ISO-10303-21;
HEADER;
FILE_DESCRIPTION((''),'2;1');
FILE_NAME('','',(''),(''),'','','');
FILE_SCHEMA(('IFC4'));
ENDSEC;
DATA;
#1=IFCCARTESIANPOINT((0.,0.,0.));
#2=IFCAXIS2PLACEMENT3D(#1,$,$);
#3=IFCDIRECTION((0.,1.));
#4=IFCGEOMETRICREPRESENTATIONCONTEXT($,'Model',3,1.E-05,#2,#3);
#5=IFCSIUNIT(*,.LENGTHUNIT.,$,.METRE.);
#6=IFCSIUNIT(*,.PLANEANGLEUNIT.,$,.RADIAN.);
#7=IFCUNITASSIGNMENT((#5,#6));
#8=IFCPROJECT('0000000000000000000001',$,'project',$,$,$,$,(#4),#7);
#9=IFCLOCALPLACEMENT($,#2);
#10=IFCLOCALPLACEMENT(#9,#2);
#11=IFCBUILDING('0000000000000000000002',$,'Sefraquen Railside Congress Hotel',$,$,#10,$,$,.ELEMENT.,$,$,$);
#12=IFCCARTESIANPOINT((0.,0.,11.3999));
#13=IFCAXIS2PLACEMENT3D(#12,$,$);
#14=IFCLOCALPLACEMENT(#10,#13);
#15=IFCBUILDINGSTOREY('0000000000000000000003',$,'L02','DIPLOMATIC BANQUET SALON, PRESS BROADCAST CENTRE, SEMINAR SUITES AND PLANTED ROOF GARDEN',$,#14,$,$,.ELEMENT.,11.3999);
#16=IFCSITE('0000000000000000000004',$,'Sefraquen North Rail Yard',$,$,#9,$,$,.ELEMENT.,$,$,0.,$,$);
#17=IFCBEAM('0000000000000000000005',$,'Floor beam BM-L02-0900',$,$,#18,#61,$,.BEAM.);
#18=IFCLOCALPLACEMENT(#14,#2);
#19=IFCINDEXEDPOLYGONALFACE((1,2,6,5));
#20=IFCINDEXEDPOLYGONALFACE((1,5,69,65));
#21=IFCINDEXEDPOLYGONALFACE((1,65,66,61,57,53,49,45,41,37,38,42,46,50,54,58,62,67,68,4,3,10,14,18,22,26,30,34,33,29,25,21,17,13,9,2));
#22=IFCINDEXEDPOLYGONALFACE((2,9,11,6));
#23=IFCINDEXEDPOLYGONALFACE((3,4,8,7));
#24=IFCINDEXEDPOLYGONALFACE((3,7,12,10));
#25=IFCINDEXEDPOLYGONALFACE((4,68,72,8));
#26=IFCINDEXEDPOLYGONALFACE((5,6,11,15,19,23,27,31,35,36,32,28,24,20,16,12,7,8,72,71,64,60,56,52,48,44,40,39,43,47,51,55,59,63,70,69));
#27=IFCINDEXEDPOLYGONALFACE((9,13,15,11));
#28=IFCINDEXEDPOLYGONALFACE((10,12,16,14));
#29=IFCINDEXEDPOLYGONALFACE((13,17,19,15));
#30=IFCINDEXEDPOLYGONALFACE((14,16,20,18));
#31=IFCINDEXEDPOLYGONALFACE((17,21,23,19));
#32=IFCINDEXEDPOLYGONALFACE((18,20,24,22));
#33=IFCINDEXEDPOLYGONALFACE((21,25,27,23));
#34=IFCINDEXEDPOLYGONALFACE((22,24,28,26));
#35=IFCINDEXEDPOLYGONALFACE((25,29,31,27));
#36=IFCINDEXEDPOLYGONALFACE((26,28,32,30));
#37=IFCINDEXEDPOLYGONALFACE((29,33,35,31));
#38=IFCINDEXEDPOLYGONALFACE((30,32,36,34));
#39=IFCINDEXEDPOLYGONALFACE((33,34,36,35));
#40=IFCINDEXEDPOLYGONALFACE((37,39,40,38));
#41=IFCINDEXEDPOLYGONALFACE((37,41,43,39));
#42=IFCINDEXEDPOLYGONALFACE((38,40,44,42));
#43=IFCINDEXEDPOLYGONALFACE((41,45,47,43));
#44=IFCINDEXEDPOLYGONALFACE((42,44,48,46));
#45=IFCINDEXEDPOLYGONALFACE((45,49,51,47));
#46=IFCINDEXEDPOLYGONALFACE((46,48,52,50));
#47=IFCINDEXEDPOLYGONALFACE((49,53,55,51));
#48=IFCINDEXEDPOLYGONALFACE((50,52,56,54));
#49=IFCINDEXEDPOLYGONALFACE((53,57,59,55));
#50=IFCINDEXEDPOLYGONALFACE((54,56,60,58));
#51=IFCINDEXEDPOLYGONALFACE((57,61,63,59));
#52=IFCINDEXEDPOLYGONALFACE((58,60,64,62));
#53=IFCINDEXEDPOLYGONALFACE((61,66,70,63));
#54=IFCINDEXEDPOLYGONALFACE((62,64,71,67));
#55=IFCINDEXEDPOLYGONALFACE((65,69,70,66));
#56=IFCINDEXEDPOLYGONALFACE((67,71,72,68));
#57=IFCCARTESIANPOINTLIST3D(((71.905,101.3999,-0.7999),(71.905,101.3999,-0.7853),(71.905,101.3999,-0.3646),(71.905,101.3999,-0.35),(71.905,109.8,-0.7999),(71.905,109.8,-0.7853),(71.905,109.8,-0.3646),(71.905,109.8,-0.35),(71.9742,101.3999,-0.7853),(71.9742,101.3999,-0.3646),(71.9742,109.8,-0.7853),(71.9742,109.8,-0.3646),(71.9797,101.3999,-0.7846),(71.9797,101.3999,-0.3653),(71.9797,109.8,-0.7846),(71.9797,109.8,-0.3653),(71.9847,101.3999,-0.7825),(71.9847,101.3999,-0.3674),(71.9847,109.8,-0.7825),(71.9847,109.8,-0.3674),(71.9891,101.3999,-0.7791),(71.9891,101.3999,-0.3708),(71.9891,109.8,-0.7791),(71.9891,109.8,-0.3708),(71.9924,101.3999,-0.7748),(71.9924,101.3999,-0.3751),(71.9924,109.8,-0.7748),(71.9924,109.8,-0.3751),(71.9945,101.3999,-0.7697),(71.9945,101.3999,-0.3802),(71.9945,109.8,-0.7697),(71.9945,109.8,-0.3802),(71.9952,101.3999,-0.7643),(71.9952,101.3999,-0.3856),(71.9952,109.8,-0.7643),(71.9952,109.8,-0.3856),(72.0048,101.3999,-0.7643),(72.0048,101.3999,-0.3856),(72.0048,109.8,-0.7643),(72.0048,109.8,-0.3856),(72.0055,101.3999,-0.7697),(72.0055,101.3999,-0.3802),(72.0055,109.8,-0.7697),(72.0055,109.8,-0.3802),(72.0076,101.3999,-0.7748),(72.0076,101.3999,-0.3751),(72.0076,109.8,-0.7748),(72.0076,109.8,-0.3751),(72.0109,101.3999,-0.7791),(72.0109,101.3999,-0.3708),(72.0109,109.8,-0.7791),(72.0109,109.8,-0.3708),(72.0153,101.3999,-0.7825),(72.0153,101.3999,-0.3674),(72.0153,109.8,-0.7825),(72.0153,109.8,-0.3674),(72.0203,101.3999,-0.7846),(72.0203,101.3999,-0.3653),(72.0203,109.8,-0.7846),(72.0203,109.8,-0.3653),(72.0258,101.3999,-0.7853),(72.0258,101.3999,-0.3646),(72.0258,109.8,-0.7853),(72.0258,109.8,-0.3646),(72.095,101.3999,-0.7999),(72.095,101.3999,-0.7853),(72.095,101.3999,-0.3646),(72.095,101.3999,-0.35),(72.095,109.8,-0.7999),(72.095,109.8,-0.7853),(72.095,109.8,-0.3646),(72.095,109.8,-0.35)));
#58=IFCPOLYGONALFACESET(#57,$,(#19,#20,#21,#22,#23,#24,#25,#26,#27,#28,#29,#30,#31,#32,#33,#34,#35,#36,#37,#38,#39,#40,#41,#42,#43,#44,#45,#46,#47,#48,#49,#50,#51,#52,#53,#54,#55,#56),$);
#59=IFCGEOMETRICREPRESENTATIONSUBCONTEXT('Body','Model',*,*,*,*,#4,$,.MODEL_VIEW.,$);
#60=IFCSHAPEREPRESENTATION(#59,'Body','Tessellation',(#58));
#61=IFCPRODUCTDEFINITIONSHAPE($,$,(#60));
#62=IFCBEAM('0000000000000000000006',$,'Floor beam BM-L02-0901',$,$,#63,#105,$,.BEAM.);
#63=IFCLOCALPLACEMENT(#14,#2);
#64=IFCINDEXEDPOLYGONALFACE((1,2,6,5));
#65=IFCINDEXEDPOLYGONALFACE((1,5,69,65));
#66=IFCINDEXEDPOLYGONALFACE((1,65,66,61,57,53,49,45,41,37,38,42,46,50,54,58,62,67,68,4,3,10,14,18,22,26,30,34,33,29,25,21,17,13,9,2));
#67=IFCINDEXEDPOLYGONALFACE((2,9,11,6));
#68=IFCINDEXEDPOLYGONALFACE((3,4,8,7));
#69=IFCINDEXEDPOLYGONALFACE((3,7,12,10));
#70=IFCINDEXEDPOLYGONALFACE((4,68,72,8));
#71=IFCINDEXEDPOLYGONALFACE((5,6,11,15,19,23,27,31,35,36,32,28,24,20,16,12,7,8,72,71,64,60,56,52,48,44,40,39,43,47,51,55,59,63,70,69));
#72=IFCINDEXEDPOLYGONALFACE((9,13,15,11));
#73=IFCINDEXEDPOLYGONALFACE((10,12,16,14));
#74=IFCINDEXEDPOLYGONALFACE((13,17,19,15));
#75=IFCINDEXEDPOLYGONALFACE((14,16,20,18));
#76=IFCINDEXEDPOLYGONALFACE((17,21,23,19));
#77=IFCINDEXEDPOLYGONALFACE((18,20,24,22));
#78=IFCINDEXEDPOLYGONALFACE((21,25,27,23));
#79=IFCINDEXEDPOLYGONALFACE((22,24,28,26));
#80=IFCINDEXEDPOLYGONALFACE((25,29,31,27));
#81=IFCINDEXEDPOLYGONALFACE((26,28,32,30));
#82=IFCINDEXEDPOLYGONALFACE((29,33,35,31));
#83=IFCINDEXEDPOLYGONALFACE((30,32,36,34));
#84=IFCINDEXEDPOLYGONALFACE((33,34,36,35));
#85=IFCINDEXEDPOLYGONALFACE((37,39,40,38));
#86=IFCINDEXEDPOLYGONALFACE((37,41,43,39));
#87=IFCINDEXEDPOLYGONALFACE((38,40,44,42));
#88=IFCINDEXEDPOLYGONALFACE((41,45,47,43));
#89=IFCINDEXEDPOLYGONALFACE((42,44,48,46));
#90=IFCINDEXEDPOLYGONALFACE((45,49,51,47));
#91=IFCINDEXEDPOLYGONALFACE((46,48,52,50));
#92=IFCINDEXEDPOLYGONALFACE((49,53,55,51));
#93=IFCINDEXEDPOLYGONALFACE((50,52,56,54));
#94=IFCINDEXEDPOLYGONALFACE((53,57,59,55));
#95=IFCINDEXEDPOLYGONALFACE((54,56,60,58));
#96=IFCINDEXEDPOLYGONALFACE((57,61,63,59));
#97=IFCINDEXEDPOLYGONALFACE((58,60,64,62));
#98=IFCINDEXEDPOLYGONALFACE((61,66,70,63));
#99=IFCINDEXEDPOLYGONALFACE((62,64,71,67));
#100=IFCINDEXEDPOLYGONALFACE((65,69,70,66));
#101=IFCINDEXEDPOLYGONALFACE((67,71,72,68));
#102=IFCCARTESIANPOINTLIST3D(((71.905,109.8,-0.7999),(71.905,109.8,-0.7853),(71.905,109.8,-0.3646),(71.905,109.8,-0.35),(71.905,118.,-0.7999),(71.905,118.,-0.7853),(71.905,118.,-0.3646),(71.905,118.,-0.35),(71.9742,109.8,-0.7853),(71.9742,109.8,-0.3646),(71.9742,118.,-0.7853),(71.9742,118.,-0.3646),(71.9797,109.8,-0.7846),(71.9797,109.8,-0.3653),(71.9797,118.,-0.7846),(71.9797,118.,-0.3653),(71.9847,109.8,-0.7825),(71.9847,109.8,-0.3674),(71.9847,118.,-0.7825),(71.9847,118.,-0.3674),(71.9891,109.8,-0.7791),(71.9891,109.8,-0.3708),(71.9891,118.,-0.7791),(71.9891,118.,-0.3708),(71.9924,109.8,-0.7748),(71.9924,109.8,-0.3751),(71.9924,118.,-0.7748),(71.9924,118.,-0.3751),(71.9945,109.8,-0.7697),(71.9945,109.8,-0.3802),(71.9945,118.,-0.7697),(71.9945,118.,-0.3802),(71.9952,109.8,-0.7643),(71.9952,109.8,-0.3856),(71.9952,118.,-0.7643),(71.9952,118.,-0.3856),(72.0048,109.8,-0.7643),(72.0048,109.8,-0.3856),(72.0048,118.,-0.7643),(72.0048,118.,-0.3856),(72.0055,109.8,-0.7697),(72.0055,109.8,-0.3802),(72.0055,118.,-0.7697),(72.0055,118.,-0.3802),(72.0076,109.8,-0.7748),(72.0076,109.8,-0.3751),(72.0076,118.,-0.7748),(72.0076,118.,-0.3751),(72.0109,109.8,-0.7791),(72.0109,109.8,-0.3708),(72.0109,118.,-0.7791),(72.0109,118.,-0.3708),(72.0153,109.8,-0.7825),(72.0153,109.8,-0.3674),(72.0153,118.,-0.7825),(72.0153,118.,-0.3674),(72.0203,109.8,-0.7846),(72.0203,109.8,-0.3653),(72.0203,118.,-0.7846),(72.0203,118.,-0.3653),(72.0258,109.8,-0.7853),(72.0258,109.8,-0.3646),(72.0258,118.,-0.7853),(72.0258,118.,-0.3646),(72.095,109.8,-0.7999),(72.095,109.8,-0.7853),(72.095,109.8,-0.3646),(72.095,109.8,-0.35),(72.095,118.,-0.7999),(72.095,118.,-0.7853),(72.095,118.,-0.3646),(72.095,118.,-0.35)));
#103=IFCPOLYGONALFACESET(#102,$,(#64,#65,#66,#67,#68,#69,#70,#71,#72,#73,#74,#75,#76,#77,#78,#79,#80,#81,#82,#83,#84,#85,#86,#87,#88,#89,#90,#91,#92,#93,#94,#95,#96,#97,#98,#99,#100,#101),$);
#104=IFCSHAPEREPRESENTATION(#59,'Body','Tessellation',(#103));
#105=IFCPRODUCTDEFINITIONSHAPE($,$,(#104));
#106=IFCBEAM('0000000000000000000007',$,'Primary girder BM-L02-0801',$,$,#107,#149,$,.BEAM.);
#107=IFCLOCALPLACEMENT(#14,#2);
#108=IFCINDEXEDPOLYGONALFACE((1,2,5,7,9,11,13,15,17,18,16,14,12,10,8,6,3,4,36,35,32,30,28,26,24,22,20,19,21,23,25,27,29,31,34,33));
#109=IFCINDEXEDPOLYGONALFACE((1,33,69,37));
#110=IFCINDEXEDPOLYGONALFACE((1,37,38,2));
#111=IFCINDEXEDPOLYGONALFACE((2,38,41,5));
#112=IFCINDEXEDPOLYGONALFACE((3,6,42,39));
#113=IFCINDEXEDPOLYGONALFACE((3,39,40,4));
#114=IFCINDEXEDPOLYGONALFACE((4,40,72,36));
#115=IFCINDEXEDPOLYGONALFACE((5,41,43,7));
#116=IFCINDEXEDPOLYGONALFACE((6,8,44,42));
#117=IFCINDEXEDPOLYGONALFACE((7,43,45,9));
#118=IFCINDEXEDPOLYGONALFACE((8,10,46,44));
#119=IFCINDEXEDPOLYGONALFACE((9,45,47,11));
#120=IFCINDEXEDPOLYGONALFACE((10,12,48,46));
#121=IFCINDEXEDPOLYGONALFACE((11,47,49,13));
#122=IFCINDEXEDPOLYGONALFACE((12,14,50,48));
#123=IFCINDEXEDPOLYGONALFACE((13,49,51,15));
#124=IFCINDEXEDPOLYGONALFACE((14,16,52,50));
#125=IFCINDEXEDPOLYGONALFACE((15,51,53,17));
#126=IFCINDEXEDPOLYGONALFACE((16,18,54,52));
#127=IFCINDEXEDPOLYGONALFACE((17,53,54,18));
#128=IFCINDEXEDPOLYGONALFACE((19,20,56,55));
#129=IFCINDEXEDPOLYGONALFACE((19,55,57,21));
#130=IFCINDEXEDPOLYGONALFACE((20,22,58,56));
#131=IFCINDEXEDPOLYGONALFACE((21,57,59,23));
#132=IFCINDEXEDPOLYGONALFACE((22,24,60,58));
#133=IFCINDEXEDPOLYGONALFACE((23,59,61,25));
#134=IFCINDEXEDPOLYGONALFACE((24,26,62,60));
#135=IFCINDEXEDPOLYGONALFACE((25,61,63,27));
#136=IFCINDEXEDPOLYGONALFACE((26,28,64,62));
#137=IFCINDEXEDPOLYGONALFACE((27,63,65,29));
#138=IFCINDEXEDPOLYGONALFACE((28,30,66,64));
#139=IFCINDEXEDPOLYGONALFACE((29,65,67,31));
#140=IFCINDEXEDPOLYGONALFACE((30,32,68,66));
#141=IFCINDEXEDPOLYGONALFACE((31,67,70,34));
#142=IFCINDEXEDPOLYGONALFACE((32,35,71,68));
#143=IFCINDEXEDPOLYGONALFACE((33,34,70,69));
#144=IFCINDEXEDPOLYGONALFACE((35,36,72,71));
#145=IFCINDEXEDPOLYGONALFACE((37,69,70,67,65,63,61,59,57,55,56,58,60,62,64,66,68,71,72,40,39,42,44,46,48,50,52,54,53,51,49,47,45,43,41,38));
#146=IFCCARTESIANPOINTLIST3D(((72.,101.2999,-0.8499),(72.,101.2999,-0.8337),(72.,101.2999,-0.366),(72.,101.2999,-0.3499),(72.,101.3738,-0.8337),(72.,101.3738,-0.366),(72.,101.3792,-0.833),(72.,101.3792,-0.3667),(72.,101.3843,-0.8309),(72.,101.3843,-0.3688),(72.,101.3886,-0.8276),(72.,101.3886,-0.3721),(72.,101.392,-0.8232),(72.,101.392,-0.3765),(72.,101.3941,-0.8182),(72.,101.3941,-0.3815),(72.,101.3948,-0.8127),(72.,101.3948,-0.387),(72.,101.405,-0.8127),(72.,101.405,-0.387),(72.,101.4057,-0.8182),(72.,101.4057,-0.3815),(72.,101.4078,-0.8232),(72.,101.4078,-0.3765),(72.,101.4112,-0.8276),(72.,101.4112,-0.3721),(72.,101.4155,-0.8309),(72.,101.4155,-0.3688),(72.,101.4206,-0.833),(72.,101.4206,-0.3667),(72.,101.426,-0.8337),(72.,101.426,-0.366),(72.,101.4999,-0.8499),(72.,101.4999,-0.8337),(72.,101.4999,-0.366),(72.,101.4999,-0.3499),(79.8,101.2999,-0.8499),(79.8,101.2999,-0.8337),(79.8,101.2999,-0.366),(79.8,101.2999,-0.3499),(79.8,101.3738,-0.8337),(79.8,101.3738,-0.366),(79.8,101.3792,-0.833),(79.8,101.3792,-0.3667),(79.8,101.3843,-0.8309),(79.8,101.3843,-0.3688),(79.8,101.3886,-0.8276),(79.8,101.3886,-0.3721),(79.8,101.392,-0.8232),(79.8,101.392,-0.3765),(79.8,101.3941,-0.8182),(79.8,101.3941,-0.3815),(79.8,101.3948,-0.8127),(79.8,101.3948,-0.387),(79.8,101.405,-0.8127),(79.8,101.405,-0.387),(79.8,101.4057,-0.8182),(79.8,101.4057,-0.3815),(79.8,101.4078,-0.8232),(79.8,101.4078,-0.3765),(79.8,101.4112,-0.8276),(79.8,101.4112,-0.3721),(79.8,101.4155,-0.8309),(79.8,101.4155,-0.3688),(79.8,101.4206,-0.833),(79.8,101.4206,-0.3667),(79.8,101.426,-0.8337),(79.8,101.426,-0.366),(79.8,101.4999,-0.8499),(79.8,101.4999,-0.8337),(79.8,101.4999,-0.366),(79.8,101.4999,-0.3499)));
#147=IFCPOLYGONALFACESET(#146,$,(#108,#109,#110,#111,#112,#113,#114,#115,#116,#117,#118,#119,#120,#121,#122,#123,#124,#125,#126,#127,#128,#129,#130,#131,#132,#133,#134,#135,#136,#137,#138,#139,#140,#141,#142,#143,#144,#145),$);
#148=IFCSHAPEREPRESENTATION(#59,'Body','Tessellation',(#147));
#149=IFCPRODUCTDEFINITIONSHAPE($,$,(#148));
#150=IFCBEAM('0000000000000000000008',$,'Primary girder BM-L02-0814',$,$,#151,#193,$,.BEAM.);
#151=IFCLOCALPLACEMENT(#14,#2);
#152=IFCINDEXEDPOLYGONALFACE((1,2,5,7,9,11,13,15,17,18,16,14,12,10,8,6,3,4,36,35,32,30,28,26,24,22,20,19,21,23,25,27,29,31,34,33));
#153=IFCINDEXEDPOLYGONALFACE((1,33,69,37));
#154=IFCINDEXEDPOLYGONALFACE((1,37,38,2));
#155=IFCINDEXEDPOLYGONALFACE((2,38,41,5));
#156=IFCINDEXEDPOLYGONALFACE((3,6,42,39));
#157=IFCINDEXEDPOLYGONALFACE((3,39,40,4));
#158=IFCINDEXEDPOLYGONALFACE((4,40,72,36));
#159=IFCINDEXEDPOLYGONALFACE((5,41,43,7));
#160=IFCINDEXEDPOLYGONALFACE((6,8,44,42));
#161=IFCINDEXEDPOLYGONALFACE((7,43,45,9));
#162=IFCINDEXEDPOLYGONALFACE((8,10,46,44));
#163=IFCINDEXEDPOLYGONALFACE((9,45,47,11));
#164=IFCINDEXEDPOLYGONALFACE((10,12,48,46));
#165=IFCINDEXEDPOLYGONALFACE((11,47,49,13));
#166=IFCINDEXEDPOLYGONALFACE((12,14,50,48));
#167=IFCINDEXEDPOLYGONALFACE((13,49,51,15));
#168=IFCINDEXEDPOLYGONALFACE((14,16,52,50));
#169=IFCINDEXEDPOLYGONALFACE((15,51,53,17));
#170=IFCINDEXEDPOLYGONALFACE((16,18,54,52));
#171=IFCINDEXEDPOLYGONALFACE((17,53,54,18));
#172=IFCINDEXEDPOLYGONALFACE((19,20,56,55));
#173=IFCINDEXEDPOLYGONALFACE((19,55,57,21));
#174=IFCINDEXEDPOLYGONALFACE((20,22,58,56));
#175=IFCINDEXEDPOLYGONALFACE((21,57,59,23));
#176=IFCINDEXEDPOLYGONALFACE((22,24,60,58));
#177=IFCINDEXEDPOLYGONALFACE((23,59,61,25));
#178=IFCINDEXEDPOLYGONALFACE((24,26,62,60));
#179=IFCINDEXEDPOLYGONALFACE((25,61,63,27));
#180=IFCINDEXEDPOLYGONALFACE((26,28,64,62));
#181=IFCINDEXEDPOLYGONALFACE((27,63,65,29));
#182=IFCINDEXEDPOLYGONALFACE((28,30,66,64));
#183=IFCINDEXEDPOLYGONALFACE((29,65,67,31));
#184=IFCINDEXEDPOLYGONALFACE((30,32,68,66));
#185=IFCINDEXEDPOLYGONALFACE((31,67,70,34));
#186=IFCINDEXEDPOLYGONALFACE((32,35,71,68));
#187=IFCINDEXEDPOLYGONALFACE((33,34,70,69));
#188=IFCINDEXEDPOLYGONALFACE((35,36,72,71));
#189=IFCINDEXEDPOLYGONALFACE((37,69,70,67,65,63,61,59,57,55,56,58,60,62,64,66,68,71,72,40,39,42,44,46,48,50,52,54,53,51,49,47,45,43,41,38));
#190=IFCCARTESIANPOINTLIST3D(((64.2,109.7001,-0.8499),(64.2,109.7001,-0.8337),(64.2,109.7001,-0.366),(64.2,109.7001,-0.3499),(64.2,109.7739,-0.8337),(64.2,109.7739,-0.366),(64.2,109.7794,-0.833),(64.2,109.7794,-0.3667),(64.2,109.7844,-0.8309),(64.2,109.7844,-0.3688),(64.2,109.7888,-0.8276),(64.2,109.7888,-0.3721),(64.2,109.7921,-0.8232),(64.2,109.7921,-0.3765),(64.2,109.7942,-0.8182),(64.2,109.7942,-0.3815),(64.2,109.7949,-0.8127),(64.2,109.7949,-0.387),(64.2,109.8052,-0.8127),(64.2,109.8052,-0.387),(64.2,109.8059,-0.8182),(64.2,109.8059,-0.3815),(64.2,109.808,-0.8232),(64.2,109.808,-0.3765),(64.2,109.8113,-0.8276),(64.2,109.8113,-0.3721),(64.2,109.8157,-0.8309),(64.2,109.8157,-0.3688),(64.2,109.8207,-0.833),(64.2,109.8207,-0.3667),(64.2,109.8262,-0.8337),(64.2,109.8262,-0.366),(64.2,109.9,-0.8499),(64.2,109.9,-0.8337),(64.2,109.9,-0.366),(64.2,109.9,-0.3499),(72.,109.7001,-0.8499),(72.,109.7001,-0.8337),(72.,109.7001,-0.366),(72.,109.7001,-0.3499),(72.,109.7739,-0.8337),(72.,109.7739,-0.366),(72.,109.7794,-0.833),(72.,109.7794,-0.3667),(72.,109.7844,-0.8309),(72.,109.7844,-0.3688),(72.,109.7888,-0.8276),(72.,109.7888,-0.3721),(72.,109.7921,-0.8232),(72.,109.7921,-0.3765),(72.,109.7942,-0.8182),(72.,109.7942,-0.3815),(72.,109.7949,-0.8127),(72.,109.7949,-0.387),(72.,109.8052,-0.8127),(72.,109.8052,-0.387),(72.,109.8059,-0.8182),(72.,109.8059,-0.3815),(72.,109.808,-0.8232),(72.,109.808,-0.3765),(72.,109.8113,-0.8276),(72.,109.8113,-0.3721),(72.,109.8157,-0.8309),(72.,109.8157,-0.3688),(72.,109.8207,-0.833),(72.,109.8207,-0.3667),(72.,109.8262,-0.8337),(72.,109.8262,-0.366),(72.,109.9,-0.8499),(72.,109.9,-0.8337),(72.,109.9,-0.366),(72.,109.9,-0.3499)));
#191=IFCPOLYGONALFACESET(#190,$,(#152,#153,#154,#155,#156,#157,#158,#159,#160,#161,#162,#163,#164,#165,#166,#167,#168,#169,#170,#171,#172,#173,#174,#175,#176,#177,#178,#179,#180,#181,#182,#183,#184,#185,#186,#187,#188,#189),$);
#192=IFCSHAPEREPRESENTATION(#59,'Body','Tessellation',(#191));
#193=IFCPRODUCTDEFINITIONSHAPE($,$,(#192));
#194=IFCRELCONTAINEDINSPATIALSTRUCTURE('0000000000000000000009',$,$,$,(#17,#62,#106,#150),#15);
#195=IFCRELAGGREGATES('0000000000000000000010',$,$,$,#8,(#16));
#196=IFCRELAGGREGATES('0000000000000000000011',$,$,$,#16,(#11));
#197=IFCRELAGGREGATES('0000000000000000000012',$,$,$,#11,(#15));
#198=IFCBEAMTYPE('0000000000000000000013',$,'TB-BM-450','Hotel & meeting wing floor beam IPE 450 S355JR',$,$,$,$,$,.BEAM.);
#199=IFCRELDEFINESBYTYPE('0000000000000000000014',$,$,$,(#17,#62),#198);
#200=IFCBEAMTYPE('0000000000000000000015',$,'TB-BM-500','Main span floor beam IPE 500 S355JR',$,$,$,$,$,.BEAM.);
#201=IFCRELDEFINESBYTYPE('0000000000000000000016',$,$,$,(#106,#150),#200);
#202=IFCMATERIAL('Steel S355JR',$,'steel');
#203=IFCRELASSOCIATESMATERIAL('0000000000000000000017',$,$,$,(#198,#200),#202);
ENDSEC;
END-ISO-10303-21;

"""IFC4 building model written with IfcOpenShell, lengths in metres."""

from ifc_helpers import new_model, si_unit, direction, frame, origin, origin_2d, place, context, subcontext, project, spatial, i_section, extrude, material, material_profile, profile_set, type_object, element, save


model = new_model("IFC4")

# Units and contexts
model_context = context("Model", 3, precision=1e-05, world=origin(), true_north=direction((0.0, 1.0)))
body_context = subcontext(model_context, "Body", "Model", "MODEL_VIEW")
ifc_project = project(units=[si_unit("LENGTHUNIT", "METRE"), si_unit("PLANEANGLEUNIT", "RADIAN")], contexts=[model_context])

# Site, building, storey
site_placement = place(None, origin())
site = spatial("IfcSite", under=ifc_project, at=site_placement, Name="Sefraquen North Rail Yard", CompositionType="ELEMENT", RefElevation=0.0)
building_placement = place(site_placement, origin())
building = spatial("IfcBuilding", under=site, at=building_placement, Name="Sefraquen Railside Congress Hotel", CompositionType="ELEMENT")
storey_placement = place(building_placement, frame((0.0, 0.0, 11.3999)))
storey = spatial("IfcBuildingStorey", under=building, at=storey_placement, Name="L02", Description="DIPLOMATIC BANQUET SALON, PRESS BROADCAST CENTRE, SEMINAR SUITES AND PLANTED ROOF GARDEN", CompositionType="ELEMENT", Elevation=11.3999)

# Shared definitions
ifc_material_1 = material(Name="Steel S355JR", Category="steel")

# Beams
ifc_material_profile_1 = material_profile(ifc_material_1, i_section(OverallWidth=0.1899, OverallDepth=0.45, WebThickness=0.0095, FlangeThickness=0.0146, FilletRadius=0.021, at=origin_2d()), Name="IPE 450")
ifc_profile_set_1 = profile_set([ifc_material_profile_1], Name="Steel S355JR")
beam_type_1 = type_object("IfcBeamType", Name="TB-BM-450", Description="Hotel & meeting wing floor beam IPE 450 S355JR", PredefinedType="BEAM", material=ifc_profile_set_1)
beam_1_placement = place(storey_placement, frame((72.0, 101.3999, -0.575), z_axis=(0.0, 1.0, 0.0), x_axis=(-1.0, 0.0, 0.0)))
element("IfcBeam", 1, at=beam_1_placement, inside=storey, type_object=beam_type_1, Name="Floor beam BM-L02-0900", PredefinedType="BEAM", context=body_context, shape_type="SweptSolid", body=[
    extrude(i_section(OverallWidth=0.1899, OverallDepth=0.45, WebThickness=0.0095, FlangeThickness=0.0146, FilletRadius=0.021, at=origin_2d()), origin(), (0.0, 0.0, 1.0), 8.4001),
])
beam_2_placement = place(storey_placement, frame((72.0, 109.8, -0.575), z_axis=(0.0, 1.0, 0.0), x_axis=(-1.0, 0.0, 0.0)))
element("IfcBeam", 2, at=beam_2_placement, inside=storey, type_object=beam_type_1, Name="Floor beam BM-L02-0901", PredefinedType="BEAM", context=body_context, shape_type="SweptSolid", body=[
    extrude(i_section(OverallWidth=0.1899, OverallDepth=0.45, WebThickness=0.0095, FlangeThickness=0.0146, FilletRadius=0.021, at=origin_2d()), origin(), (0.0, 0.0, 1.0), 8.2),
])
ifc_material_profile_2 = material_profile(ifc_material_1, i_section(OverallWidth=0.2, OverallDepth=0.5, WebThickness=0.0103, FlangeThickness=0.0161, FilletRadius=0.021, at=origin_2d()), Name="IPE 500")
ifc_profile_set_2 = profile_set([ifc_material_profile_2], Name="Steel S355JR")
beam_type_2 = type_object("IfcBeamType", Name="TB-BM-500", Description="Main span floor beam IPE 500 S355JR", PredefinedType="BEAM", material=ifc_profile_set_2)
for number, where, z_axis, x_axis, name in (
    (3, (72.0, 101.3999, -0.5999), (1.0, 0.0, 0.0), (0.0, 1.0, 0.0), "Primary girder BM-L02-0801"),
    (4, (64.2, 109.8, -0.5999), (1.0, 0.0, 0.0), (0.0, 1.0, 0.0), "Primary girder BM-L02-0814"),
):
    element("IfcBeam", number, at=place(storey_placement, frame(where, z_axis=z_axis, x_axis=x_axis)), inside=storey, type_object=beam_type_2, Name=name, PredefinedType="BEAM", context=body_context, shape_type="SweptSolid", body=[
        extrude(i_section(OverallWidth=0.2, OverallDepth=0.5, WebThickness=0.0103, FlangeThickness=0.0161, FilletRadius=0.021, at=origin_2d()), origin(), (0.0, 0.0, 1.0), 7.8),
    ])

save(model, "model.ifc")
